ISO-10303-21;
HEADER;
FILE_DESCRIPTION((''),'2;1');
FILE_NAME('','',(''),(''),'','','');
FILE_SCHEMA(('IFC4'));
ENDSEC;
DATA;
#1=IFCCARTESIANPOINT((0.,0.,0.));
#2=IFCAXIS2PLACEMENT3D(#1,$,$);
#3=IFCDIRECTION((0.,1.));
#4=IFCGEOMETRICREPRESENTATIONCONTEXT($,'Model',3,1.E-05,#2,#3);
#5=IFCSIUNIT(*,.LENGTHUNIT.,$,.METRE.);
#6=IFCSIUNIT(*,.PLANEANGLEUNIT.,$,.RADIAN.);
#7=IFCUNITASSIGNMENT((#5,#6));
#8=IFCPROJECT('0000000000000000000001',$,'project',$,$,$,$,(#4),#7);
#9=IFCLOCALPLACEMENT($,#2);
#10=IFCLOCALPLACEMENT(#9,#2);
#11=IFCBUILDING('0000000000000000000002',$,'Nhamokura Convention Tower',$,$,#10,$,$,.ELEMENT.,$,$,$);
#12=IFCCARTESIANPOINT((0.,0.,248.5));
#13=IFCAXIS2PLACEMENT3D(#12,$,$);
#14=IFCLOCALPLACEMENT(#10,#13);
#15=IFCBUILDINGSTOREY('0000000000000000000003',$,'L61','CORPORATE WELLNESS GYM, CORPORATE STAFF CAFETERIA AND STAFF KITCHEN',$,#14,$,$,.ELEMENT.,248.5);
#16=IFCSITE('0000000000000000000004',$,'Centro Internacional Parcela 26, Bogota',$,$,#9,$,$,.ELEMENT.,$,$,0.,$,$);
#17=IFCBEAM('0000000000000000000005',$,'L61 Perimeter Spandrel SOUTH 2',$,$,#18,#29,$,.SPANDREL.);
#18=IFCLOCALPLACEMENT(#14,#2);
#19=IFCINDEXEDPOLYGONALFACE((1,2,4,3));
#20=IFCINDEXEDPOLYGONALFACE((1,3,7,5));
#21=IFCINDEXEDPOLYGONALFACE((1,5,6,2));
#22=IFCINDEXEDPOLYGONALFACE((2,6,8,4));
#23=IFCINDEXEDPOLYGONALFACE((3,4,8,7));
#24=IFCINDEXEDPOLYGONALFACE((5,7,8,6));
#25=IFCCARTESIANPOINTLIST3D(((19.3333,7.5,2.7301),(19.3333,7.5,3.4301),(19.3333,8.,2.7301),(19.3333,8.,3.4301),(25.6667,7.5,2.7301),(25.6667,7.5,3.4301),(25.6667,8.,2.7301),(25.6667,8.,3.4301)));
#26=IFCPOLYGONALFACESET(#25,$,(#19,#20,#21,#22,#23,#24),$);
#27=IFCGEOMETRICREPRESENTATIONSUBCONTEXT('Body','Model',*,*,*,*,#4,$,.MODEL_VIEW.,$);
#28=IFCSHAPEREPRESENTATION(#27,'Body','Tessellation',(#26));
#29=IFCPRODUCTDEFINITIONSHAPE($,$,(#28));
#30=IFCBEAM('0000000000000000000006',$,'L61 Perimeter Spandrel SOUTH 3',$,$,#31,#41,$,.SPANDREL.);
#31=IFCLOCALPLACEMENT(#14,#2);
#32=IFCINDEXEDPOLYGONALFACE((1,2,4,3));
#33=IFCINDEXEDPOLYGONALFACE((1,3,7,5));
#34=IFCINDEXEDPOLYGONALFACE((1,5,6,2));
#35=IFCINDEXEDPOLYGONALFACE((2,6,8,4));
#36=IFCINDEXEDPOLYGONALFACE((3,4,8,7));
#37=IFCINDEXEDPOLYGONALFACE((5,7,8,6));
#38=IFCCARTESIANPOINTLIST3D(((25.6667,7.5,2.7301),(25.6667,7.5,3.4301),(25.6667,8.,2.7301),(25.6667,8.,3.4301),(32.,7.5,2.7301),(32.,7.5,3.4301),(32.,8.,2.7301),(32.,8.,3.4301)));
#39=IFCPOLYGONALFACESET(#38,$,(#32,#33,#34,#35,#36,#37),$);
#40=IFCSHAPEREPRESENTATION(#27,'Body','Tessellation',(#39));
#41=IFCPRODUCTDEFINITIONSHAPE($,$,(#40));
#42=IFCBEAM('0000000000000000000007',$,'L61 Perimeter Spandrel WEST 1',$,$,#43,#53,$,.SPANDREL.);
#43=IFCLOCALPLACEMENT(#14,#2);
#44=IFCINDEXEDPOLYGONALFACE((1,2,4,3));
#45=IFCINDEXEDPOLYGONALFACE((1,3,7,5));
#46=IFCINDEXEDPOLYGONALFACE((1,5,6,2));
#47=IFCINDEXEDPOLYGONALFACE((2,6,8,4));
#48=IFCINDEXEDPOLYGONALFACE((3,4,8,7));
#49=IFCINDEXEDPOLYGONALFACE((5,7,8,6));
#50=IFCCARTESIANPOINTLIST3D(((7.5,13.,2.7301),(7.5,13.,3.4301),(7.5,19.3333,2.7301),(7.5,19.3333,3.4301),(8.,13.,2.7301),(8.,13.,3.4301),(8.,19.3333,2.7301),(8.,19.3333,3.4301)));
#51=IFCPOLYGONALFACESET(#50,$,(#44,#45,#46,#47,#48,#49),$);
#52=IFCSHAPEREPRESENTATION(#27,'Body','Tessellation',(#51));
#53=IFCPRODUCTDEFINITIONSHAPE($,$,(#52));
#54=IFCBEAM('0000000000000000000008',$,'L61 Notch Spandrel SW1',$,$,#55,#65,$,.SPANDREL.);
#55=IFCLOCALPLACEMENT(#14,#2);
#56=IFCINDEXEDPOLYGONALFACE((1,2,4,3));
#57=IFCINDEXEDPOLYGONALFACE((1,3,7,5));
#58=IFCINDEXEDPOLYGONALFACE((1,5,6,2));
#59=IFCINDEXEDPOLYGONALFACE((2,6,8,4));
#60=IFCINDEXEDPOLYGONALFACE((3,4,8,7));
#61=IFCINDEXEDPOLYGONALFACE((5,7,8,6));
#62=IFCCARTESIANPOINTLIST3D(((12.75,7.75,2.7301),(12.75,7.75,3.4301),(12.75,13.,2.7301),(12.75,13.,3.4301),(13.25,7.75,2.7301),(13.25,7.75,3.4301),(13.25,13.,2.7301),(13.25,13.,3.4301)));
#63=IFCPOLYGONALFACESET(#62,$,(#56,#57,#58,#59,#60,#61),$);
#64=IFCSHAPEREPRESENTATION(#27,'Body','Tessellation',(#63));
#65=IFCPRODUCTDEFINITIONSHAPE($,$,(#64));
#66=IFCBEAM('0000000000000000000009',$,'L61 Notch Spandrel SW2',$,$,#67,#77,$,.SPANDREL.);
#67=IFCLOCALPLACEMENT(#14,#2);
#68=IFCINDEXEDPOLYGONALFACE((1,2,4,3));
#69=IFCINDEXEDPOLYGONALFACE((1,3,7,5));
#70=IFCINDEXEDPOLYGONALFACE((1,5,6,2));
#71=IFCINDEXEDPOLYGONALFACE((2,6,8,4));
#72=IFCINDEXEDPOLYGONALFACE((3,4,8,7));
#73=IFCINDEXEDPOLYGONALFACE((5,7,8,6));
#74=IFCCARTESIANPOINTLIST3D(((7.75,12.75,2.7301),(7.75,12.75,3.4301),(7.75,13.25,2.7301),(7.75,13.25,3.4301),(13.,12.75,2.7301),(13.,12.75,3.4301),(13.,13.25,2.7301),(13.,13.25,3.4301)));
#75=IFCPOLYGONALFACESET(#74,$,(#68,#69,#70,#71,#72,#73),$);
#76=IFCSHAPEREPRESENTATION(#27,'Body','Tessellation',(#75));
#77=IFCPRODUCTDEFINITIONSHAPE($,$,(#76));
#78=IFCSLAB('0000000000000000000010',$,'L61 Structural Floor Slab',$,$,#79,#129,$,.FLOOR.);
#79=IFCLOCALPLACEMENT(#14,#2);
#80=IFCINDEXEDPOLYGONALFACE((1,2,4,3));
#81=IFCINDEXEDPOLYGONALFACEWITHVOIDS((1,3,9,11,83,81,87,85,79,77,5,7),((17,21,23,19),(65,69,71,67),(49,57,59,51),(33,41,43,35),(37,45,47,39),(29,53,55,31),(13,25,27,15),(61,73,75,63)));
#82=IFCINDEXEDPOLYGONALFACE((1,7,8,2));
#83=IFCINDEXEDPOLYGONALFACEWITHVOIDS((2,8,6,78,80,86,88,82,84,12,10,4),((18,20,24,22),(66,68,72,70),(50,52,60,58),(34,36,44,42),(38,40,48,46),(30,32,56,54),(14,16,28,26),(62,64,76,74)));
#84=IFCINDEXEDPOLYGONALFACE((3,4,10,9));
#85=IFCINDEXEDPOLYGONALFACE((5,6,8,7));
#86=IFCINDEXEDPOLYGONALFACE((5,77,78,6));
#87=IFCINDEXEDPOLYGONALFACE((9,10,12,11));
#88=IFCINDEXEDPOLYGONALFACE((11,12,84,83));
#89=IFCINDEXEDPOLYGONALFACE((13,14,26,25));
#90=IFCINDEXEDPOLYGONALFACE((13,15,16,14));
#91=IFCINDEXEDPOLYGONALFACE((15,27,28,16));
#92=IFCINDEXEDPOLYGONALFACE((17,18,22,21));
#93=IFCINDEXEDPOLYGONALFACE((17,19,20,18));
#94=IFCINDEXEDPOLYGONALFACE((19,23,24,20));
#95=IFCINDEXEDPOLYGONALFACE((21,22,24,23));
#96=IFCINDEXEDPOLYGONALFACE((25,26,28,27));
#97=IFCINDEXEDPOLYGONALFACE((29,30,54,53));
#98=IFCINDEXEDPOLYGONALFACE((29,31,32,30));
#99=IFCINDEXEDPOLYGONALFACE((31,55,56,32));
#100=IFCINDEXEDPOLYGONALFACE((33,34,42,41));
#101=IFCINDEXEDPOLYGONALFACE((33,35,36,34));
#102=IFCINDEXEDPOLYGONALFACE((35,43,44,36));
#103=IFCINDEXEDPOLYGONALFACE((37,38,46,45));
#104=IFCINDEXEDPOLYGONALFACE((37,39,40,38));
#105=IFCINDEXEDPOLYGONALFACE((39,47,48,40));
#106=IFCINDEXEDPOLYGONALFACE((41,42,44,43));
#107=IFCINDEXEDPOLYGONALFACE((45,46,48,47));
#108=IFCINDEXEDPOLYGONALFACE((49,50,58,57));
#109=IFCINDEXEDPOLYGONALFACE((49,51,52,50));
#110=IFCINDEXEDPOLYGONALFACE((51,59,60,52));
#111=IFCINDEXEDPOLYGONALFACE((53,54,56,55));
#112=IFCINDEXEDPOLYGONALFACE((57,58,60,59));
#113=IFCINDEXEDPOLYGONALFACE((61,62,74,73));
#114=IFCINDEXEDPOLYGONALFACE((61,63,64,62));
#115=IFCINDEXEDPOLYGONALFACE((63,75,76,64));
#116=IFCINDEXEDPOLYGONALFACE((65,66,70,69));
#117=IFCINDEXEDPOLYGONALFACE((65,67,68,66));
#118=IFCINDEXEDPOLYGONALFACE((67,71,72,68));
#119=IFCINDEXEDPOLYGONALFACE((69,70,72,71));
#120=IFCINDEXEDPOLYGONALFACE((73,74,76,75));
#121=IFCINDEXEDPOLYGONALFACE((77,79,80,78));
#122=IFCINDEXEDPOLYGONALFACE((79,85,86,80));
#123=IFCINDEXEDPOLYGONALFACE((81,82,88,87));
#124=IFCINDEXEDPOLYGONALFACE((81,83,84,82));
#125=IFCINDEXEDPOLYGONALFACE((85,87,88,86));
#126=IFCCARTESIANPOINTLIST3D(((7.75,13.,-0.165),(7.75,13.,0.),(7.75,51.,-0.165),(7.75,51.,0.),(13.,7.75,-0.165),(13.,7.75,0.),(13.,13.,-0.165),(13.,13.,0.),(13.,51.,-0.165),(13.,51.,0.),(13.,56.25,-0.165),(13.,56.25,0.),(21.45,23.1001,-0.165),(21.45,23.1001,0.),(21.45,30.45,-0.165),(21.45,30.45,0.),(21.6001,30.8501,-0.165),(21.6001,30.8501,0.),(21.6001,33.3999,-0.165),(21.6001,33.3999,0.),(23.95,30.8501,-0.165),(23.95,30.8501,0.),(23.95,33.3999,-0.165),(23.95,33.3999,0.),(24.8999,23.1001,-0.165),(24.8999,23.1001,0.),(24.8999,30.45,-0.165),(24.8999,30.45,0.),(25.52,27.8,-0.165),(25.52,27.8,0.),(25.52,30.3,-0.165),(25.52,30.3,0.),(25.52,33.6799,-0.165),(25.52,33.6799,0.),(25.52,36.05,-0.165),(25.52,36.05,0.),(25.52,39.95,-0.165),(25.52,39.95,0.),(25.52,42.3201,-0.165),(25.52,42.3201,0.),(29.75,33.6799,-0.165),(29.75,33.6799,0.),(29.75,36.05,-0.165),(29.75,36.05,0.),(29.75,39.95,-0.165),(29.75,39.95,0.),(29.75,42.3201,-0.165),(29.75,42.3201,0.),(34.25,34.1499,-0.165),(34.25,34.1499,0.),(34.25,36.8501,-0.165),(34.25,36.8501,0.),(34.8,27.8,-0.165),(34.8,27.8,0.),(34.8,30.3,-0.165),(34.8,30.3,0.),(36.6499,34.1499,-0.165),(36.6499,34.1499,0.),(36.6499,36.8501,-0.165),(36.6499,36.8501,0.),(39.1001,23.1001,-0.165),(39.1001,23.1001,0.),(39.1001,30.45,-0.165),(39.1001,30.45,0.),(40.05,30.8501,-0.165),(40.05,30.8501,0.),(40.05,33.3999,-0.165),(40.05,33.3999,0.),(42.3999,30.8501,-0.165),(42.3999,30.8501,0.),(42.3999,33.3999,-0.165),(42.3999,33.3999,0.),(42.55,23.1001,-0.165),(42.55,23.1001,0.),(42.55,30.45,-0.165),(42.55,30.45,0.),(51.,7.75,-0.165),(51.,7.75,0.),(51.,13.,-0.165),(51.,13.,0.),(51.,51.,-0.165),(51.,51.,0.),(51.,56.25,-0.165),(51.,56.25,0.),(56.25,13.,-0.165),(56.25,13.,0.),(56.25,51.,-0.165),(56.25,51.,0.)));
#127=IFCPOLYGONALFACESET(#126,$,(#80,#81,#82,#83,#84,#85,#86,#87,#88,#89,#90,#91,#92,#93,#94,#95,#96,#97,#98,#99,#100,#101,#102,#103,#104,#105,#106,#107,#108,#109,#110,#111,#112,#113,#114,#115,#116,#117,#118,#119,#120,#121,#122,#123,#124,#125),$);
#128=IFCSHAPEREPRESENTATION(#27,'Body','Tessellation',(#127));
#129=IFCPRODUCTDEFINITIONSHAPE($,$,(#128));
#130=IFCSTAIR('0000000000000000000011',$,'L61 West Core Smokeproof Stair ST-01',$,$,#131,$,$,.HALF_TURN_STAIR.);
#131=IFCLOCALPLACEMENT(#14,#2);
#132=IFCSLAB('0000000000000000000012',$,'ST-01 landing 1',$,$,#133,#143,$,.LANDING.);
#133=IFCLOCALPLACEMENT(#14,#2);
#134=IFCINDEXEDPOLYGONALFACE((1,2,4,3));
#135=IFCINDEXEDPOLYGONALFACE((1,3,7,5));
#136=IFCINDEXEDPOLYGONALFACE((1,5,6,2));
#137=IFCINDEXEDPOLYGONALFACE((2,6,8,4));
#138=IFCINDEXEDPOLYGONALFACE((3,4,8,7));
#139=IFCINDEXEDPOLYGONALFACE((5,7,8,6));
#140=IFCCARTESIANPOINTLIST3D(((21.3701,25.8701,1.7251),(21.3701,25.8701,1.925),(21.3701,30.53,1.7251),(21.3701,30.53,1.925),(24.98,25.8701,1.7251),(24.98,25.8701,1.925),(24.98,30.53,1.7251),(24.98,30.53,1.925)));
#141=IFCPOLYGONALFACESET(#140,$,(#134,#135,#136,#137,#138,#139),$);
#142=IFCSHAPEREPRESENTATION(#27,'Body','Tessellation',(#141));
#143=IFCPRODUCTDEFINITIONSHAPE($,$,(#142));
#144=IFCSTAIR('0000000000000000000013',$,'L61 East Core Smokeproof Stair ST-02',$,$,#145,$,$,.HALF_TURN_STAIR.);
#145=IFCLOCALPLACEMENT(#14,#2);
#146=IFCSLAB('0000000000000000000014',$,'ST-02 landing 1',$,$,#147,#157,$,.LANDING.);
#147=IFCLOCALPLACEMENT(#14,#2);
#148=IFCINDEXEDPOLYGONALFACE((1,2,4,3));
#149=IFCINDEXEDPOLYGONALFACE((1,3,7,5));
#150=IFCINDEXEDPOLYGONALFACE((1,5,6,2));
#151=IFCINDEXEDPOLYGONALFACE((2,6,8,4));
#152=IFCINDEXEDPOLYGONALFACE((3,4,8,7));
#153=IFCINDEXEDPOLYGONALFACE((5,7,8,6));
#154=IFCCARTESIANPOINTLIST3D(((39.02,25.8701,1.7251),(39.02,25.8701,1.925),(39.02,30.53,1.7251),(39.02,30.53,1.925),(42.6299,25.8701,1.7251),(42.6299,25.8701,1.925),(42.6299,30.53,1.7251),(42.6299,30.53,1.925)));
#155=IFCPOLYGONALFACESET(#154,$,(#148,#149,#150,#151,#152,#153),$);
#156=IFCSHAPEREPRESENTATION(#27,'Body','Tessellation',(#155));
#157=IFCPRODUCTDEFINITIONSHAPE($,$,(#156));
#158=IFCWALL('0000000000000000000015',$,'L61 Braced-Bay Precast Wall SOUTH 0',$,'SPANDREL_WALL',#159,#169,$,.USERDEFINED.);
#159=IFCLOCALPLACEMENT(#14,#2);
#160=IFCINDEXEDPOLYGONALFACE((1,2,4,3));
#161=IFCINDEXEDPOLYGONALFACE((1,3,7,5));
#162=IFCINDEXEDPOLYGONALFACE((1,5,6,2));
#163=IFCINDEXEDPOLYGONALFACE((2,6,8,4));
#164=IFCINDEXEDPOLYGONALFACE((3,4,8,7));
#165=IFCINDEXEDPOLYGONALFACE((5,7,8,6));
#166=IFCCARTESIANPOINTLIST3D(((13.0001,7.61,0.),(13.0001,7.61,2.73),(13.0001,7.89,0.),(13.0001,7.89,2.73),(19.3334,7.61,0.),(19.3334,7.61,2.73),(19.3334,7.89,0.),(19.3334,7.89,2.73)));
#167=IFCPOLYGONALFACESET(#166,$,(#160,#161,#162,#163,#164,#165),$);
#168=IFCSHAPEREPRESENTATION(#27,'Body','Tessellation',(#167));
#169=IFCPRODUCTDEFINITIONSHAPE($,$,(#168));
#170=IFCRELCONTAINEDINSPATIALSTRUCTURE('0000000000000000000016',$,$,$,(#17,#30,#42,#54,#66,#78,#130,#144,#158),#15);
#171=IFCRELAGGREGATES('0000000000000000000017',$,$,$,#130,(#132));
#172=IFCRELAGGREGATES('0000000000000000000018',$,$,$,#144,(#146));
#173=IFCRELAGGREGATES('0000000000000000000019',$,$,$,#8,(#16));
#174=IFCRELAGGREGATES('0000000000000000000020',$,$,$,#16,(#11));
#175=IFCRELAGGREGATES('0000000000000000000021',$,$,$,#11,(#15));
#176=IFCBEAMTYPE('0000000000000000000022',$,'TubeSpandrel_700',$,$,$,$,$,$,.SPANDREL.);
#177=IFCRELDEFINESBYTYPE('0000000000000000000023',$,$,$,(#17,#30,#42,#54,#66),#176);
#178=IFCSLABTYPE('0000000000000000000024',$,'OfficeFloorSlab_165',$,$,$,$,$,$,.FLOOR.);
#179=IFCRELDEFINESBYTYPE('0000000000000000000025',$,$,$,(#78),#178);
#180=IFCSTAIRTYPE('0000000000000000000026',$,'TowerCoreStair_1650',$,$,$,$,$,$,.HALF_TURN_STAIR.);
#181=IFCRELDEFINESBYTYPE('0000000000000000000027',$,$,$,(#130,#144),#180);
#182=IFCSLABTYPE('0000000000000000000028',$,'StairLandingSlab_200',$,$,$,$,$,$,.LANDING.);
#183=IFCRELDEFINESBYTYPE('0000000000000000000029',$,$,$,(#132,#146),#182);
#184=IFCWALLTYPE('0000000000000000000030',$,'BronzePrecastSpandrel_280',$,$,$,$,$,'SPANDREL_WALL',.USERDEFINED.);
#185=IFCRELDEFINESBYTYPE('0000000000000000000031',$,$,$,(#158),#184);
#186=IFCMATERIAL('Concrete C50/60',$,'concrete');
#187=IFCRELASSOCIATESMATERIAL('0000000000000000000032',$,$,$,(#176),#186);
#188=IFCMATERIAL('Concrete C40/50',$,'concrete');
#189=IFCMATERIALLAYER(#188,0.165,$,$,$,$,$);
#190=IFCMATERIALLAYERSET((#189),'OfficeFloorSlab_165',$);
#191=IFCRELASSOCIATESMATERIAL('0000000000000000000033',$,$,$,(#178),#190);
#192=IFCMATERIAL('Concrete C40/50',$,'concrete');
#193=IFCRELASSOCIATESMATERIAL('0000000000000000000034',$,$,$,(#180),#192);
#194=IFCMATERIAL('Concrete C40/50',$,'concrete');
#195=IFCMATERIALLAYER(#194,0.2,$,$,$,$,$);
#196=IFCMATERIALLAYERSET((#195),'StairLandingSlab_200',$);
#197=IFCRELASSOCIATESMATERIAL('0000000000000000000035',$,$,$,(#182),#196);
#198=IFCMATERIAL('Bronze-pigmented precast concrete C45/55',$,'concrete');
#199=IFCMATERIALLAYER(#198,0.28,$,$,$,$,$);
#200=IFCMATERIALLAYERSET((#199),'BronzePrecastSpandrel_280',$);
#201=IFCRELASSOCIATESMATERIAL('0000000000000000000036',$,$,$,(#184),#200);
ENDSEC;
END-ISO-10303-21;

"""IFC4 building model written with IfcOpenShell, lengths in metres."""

from ifc_helpers import new_model, si_unit, direction, frame, frame_2d, origin, origin_2d, place, context, subcontext, project, spatial, polyline, rectangle, outline, extrude, material, layer, layer_set, material_profile, profile_set, type_object, element, aggregate, save


model = new_model("IFC4")

# Units and contexts
model_context = context("Model", 3, precision=1e-05, world=origin(), true_north=direction((0.0, 1.0)))
body_context = subcontext(model_context, "Body", "Model", "MODEL_VIEW")
ifc_project = project(units=[si_unit("LENGTHUNIT", "METRE"), si_unit("PLANEANGLEUNIT", "RADIAN")], contexts=[model_context])

# Site, building, storey
site_placement = place(None, origin())
site = spatial("IfcSite", under=ifc_project, at=site_placement, Name="Centro Internacional Parcela 26, Bogota", CompositionType="ELEMENT", RefElevation=0.0)
building_placement = place(site_placement, origin())
building = spatial("IfcBuilding", under=site, at=building_placement, Name="Nhamokura Convention Tower", CompositionType="ELEMENT")
storey_placement = place(building_placement, frame((0.0, 0.0, 248.5)))
storey = spatial("IfcBuildingStorey", under=building, at=storey_placement, Name="L61", Description="CORPORATE WELLNESS GYM, CORPORATE STAFF CAFETERIA AND STAFF KITCHEN", CompositionType="ELEMENT", Elevation=248.5)

# Beams
ifc_material_1 = material(Name="Concrete C50/60", Category="concrete")
ifc_material_profile_1 = material_profile(ifc_material_1, rectangle(XDim=0.5, YDim=0.7, at=origin_2d()))
ifc_profile_set_1 = profile_set([ifc_material_profile_1], Name="Concrete C50/60")
beam_type_1 = type_object("IfcBeamType", Name="TubeSpandrel_700", PredefinedType="SPANDREL", material=ifc_profile_set_1)
beam_1_placement = place(storey_placement, frame((19.3333, 7.75, 3.0801), z_axis=(1.0, 0.0, 0.0), x_axis=(0.0, 1.0, 0.0)))
element("IfcBeam", 1, at=beam_1_placement, inside=storey, type_object=beam_type_1, Name="L61 Perimeter Spandrel SOUTH 2", PredefinedType="SPANDREL", context=body_context, shape_type="SweptSolid", body=[
    extrude(rectangle(XDim=0.5, YDim=0.7, at=origin_2d()), origin(), (0.0, 0.0, 1.0), 6.3335),
])
for number, where, z_axis, x_axis, name in (
    (2, (25.6667, 7.75, 3.0801), (1.0, 0.0, 0.0), (0.0, 1.0, 0.0), "L61 Perimeter Spandrel SOUTH 3"),
    (3, (7.75, 13.0, 3.0801), (0.0, 1.0, 0.0), (-1.0, 0.0, 0.0), "L61 Perimeter Spandrel WEST 1"),
):
    element("IfcBeam", number, at=place(storey_placement, frame(where, z_axis=z_axis, x_axis=x_axis)), inside=storey, type_object=beam_type_1, Name=name, PredefinedType="SPANDREL", context=body_context, shape_type="SweptSolid", body=[
        extrude(rectangle(XDim=0.5, YDim=0.7, at=origin_2d()), origin(), (0.0, 0.0, 1.0), 6.3333),
    ])
for number, where, z_axis, x_axis, name in (
    (4, (13.0, 7.75, 3.0801), (0.0, 1.0, 0.0), (-1.0, 0.0, 0.0), "L61 Notch Spandrel SW1"),
    (5, (13.0, 13.0, 3.0801), (-1.0, 0.0, 0.0), (0.0, -1.0, 0.0), "L61 Notch Spandrel SW2"),
):
    element("IfcBeam", number, at=place(storey_placement, frame(where, z_axis=z_axis, x_axis=x_axis)), inside=storey, type_object=beam_type_1, Name=name, PredefinedType="SPANDREL", context=body_context, shape_type="SweptSolid", body=[
        extrude(rectangle(XDim=0.5, YDim=0.7, at=origin_2d()), origin(), (0.0, 0.0, 1.0), 5.25),
    ])

# Slab
ifc_material_2 = material(Name="Concrete C40/50", Category="concrete")
ifc_layer_1 = layer(ifc_material_2, 0.165)
ifc_layer_set_1 = layer_set([ifc_layer_1], Name="OfficeFloorSlab_165")
slab_type_1 = type_object("IfcSlabType", Name="OfficeFloorSlab_165", PredefinedType="FLOOR", material=ifc_layer_set_1)
slab_1_placement = place(storey_placement, frame((0.0, 0.0, -0.165)))
element("IfcSlab", 6, at=slab_1_placement, inside=storey, type_object=slab_type_1, Name="L61 Structural Floor Slab", PredefinedType="FLOOR", context=body_context, shape_type="SweptSolid", body=[
    extrude(outline(polyline([(13.0, 7.75), (51.0, 7.75), (51.0, 13.0), (56.25, 13.0), (56.25, 51.0), (51.0, 51.0), (51.0, 56.25), (13.0, 56.25), (13.0, 51.0), (7.75, 51.0), (7.75, 13.0), (13.0, 13.0), (13.0, 7.75)]), holes=[polyline([(24.8999, 23.1001), (24.8999, 30.45), (21.45, 30.45), (21.45, 23.1001), (24.8999, 23.1001)]), polyline([(42.55, 23.1001), (42.55, 30.45), (39.1001, 30.45), (39.1001, 23.1001), (42.55, 23.1001)]), polyline([(21.6001, 30.8501), (23.95, 30.8501), (23.95, 33.3999), (21.6001, 33.3999), (21.6001, 30.8501)]), polyline([(40.05, 30.8501), (42.3999, 30.8501), (42.3999, 33.3999), (40.05, 33.3999), (40.05, 30.8501)]), polyline([(34.25, 34.1499), (36.6499, 34.1499), (36.6499, 36.8501), (34.25, 36.8501), (34.25, 34.1499)]), polyline([(25.52, 27.8), (34.8, 27.8), (34.8, 30.3), (25.52, 30.3), (25.52, 27.8)]), polyline([(25.52, 33.6799), (29.75, 33.6799), (29.75, 36.05), (25.52, 36.05), (25.52, 33.6799)]), polyline([(25.52, 39.95), (29.75, 39.95), (29.75, 42.3201), (25.52, 42.3201), (25.52, 39.95)])]), origin(), (0.0, 0.0, 1.0), 0.165),
])

# Stairs, slabs
ifc_material_3 = material(Name="Concrete C40/50", Category="concrete")
stair_type = type_object("IfcStairType", Name="TowerCoreStair_1650", PredefinedType="HALF_TURN_STAIR", material=ifc_material_3)
stair_1_placement = place(storey_placement, origin())
stair_1 = element("IfcStair", 7, at=stair_1_placement, inside=storey, type_object=stair_type, Name="L61 West Core Smokeproof Stair ST-01", PredefinedType="HALF_TURN_STAIR")
ifc_material_4 = material(Name="Concrete C40/50", Category="concrete")
ifc_layer_2 = layer(ifc_material_4, 0.2)
ifc_layer_set_2 = layer_set([ifc_layer_2], Name="StairLandingSlab_200")
slab_type_2 = type_object("IfcSlabType", Name="StairLandingSlab_200", PredefinedType="LANDING", material=ifc_layer_set_2)
slab_2_placement = place(storey_placement, frame((0.0, 0.0, 1.7251)))
slab_2 = element("IfcSlab", 8, at=slab_2_placement, type_object=slab_type_2, Name="ST-01 landing 1", PredefinedType="LANDING", context=body_context, shape_type="SweptSolid", body=[
    extrude(outline(polyline([(24.98, 25.8701), (24.98, 30.53), (21.3701, 30.53), (21.3701, 25.8701), (24.98, 25.8701)])), origin(), (0.0, 0.0, 1.0), 0.2),
])
aggregate(stair_1, [slab_2])
stair_2_placement = place(storey_placement, origin())
stair_2 = element("IfcStair", 9, at=stair_2_placement, inside=storey, type_object=stair_type, Name="L61 East Core Smokeproof Stair ST-02", PredefinedType="HALF_TURN_STAIR")
slab_3_placement = place(storey_placement, frame((0.0, 0.0, 1.7251)))
slab_3 = element("IfcSlab", 10, at=slab_3_placement, type_object=slab_type_2, Name="ST-02 landing 1", PredefinedType="LANDING", context=body_context, shape_type="SweptSolid", body=[
    extrude(outline(polyline([(42.6299, 25.8701), (42.6299, 30.53), (39.02, 30.53), (39.02, 25.8701), (42.6299, 25.8701)])), origin(), (0.0, 0.0, 1.0), 0.2),
])
aggregate(stair_2, [slab_3])

# Wall
ifc_material_5 = material(Name="Bronze-pigmented precast concrete C45/55", Category="concrete")
ifc_layer_3 = layer(ifc_material_5, 0.28)
ifc_layer_set_3 = layer_set([ifc_layer_3], Name="BronzePrecastSpandrel_280")
wall_type_1 = type_object("IfcWallType", Name="BronzePrecastSpandrel_280", ElementType="SPANDREL_WALL", PredefinedType="USERDEFINED", material=ifc_layer_set_3)
wall_1_placement = place(storey_placement, frame((19.3333, 7.75, 0.0), z_axis=(0.0, 0.0, 1.0), x_axis=(-1.0, 0.0, 0.0)))
element("IfcWall", 11, at=wall_1_placement, inside=storey, type_object=wall_type_1, Name="L61 Braced-Bay Precast Wall SOUTH 0", ObjectType="SPANDREL_WALL", PredefinedType="USERDEFINED", context=body_context, shape_type="SweptSolid", body=[
    extrude(rectangle(XDim=6.3333, YDim=0.28, at=frame_2d((3.1665, 0.0))), origin(), (0.0, 0.0, 1.0), 2.73),
])

save(model, "model.ifc")
